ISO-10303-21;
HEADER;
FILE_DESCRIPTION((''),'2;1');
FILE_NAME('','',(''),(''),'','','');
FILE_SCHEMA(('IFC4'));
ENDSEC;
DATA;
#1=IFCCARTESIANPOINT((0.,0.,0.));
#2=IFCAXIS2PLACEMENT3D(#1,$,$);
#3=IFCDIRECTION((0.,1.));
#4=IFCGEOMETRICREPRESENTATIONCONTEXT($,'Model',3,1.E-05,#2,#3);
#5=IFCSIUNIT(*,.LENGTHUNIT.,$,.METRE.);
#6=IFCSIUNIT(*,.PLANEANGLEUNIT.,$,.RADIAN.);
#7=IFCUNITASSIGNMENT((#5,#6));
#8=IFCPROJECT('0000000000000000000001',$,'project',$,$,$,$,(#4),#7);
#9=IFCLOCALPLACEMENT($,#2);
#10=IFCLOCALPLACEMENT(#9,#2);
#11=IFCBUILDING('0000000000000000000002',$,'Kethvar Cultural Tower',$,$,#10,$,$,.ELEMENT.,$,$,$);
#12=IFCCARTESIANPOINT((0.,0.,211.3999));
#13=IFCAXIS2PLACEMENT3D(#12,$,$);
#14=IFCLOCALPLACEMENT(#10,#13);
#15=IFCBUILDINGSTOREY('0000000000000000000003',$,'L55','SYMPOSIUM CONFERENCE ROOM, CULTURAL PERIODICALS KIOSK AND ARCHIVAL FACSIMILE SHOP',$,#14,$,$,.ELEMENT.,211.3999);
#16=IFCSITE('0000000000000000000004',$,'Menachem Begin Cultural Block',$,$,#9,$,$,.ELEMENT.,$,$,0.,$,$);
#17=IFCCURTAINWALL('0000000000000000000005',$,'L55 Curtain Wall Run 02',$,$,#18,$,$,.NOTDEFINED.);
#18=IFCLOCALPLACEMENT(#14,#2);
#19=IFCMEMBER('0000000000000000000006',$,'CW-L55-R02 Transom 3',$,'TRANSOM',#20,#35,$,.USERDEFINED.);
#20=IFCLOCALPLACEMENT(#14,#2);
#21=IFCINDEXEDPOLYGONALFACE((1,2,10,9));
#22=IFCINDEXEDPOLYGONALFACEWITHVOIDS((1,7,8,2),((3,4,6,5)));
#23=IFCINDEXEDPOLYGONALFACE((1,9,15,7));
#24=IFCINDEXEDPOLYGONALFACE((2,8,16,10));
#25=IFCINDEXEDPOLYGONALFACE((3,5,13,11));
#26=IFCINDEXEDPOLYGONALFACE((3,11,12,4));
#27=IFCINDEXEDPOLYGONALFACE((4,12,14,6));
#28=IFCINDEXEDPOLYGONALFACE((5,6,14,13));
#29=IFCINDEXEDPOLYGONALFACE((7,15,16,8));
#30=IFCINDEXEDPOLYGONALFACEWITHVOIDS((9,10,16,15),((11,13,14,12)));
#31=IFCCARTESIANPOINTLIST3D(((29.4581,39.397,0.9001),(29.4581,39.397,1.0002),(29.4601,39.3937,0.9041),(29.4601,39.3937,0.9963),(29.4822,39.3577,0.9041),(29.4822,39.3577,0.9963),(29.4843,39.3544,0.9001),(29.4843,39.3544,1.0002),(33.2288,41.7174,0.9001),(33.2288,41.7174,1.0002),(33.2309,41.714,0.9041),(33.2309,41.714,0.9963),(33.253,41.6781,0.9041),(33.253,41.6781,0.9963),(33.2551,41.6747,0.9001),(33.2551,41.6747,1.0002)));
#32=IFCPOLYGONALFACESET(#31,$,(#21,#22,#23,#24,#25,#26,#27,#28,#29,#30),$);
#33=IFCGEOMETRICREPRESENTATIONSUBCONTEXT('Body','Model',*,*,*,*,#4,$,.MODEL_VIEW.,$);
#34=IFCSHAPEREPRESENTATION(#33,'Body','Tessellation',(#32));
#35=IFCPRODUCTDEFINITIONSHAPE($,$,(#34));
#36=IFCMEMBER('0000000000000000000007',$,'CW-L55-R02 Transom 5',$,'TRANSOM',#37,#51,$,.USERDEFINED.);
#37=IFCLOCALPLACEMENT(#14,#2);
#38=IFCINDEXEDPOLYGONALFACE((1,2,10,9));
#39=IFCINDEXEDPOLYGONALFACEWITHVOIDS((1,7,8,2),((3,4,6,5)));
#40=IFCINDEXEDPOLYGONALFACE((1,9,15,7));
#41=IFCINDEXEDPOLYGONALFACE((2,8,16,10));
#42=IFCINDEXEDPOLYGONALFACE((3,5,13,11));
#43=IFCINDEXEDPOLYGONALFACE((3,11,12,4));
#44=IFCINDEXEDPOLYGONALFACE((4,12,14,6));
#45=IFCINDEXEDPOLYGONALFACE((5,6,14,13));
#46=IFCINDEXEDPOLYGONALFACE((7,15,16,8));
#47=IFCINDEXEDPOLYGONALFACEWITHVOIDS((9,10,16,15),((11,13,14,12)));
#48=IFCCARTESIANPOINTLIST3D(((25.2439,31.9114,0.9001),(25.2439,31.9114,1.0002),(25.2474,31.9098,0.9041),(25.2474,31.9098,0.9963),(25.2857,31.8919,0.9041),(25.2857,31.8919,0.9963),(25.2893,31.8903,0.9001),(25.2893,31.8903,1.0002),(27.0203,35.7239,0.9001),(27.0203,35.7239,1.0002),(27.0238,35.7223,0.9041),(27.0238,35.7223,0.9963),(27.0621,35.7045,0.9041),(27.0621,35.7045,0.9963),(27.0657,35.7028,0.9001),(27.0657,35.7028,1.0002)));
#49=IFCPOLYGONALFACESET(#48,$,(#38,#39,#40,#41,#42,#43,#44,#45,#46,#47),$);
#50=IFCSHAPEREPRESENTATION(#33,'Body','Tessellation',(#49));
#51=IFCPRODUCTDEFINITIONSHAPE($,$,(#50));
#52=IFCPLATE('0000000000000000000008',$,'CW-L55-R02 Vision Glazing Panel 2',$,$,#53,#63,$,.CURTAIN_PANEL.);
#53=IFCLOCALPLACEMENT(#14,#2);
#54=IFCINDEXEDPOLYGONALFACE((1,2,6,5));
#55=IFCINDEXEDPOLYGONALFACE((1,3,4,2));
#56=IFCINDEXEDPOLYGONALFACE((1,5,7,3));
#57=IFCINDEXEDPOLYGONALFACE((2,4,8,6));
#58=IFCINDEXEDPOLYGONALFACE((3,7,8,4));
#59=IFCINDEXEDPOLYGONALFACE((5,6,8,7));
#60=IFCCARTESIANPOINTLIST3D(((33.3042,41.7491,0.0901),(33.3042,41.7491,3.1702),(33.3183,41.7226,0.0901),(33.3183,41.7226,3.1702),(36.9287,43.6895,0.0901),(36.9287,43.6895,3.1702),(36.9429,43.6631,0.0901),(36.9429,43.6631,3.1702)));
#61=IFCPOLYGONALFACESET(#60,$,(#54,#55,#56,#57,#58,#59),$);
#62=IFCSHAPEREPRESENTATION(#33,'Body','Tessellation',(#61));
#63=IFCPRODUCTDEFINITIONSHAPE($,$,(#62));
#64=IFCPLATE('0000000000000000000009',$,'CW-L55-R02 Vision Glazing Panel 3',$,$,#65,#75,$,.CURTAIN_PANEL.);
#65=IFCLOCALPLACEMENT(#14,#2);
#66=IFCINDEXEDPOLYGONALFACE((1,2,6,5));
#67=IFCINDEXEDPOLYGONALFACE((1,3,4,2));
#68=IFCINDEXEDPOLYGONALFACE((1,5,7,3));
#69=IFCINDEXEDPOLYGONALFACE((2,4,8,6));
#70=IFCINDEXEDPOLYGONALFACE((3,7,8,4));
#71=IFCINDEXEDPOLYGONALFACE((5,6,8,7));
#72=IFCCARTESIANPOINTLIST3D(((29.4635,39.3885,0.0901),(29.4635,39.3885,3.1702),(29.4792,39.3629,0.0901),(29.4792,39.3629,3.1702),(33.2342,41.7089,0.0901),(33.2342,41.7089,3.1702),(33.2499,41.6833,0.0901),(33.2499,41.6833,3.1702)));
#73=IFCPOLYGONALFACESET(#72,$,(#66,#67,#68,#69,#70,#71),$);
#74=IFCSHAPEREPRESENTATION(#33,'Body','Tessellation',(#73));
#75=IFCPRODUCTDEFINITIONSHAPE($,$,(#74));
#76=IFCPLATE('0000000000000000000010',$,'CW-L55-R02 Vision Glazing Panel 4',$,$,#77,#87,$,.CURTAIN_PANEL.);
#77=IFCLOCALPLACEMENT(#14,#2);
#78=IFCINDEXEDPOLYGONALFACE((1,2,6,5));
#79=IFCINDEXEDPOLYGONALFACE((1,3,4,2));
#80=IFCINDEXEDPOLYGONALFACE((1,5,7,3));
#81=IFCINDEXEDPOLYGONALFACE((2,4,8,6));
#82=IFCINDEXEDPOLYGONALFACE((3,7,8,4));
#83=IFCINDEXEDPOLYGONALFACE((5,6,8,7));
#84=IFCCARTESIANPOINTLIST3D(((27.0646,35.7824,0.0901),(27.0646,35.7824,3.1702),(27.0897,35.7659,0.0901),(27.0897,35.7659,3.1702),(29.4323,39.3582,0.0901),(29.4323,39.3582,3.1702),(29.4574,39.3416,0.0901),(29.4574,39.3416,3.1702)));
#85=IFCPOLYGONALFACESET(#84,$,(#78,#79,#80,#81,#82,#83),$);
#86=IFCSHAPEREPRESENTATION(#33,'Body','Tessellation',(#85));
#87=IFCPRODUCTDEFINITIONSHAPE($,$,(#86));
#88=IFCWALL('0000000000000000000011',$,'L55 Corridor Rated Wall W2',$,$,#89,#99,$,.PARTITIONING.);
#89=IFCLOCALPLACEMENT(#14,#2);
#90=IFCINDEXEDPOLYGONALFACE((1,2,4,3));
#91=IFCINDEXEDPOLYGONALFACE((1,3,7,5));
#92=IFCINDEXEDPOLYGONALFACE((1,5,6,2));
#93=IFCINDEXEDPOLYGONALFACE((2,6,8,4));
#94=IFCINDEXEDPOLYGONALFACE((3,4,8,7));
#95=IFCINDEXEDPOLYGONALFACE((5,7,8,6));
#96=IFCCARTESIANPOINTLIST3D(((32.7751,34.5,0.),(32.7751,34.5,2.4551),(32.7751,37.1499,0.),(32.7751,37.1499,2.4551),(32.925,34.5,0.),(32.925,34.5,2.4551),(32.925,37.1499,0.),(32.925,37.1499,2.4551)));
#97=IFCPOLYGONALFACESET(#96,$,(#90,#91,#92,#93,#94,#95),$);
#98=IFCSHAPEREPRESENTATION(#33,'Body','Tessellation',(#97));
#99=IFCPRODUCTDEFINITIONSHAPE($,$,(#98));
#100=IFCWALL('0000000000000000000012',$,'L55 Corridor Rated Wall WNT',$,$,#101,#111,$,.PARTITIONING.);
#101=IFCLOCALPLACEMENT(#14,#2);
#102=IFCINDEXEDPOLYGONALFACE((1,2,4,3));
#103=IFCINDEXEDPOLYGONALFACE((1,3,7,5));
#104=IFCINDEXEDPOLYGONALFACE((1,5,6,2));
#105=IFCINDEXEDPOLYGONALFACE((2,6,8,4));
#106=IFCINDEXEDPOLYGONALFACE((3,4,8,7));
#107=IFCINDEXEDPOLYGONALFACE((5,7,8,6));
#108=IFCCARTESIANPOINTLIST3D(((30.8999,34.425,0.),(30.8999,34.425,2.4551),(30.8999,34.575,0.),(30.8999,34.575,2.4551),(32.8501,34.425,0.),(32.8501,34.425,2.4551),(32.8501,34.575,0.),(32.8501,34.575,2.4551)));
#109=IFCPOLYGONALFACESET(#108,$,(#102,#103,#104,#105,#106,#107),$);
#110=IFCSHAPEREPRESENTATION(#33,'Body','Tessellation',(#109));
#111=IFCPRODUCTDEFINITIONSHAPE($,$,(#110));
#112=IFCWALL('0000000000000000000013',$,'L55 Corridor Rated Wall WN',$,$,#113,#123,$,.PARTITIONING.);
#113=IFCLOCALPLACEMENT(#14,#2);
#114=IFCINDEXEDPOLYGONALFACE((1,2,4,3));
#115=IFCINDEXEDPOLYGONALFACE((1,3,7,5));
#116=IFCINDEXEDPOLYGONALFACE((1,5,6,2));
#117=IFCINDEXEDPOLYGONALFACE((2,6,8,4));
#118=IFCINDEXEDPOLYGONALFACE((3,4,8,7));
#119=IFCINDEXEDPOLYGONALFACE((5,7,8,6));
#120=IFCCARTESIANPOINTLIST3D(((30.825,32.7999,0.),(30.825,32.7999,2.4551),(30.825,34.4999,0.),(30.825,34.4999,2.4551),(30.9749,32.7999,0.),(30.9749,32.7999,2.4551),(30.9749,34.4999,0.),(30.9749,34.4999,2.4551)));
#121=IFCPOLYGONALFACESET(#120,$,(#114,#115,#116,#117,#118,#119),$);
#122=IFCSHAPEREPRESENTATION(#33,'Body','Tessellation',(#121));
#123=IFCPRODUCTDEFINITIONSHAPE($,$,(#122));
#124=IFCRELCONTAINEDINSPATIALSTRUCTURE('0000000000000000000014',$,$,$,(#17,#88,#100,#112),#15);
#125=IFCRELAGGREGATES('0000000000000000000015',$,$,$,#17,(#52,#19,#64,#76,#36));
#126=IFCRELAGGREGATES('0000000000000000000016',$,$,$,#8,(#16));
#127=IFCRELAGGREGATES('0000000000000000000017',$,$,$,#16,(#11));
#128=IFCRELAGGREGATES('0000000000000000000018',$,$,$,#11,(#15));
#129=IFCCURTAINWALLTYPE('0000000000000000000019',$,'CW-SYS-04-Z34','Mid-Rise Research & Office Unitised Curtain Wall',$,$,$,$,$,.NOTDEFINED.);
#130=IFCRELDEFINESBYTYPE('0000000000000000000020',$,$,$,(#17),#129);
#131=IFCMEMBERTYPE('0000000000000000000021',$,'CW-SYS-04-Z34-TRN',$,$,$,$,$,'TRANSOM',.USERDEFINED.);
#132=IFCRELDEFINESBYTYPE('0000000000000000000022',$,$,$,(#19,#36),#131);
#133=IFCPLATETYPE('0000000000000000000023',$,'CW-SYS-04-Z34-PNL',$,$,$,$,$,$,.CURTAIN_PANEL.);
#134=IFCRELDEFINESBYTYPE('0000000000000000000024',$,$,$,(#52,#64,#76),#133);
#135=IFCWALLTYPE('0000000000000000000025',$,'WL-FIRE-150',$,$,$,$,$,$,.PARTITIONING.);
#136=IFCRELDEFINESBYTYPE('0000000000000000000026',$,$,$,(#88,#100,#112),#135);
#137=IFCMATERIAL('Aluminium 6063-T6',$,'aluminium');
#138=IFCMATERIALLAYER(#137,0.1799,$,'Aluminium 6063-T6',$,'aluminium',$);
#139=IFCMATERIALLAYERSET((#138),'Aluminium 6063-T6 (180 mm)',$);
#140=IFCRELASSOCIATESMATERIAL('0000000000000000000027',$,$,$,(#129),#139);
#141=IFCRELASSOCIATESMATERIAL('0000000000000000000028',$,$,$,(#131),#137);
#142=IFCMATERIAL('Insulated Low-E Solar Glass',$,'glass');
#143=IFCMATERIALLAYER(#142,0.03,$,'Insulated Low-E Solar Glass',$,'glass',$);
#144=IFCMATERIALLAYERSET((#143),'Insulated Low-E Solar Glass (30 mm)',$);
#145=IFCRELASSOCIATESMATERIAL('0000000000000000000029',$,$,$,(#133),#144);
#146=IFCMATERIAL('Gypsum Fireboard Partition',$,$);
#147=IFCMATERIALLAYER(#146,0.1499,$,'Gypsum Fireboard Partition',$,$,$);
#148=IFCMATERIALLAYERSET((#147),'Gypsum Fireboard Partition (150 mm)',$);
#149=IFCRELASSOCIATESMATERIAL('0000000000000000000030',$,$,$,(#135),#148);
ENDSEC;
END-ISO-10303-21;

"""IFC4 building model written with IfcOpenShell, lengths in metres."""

from ifc_helpers import new_model, si_unit, direction, frame, frame_2d, origin, origin_2d, place, context, subcontext, project, spatial, rectangle, hollow_rectangle, extrude, source, transform, mapped, material, layer, layer_set, material_profile, profile_set, type_object, element, aggregate, save


model = new_model("IFC4")

# Units and contexts
model_context = context("Model", 3, precision=1e-05, world=origin(), true_north=direction((0.0, 1.0)))
body_context = subcontext(model_context, "Body", "Model", "MODEL_VIEW")
ifc_project = project(units=[si_unit("LENGTHUNIT", "METRE"), si_unit("PLANEANGLEUNIT", "RADIAN")], contexts=[model_context])

# Site, building, storey
site_placement = place(None, origin())
site = spatial("IfcSite", under=ifc_project, at=site_placement, Name="Menachem Begin Cultural Block", CompositionType="ELEMENT", RefElevation=0.0)
building_placement = place(site_placement, origin())
building = spatial("IfcBuilding", under=site, at=building_placement, Name="Kethvar Cultural Tower", CompositionType="ELEMENT")
storey_placement = place(building_placement, frame((0.0, 0.0, 211.3999)))
storey = spatial("IfcBuildingStorey", under=building, at=storey_placement, Name="L55", Description="SYMPOSIUM CONFERENCE ROOM, CULTURAL PERIODICALS KIOSK AND ARCHIVAL FACSIMILE SHOP", CompositionType="ELEMENT", Elevation=211.3999)

# Curtain wall, members, plates
ifc_material_1 = material(Name="Aluminium 6063-T6", Category="aluminium")
ifc_layer_1 = layer(ifc_material_1, 0.1799, Name="Aluminium 6063-T6", Category="aluminium")
ifc_layer_set_1 = layer_set([ifc_layer_1], Name="Aluminium 6063-T6 (180 mm)")
curtain_wall_type = type_object("IfcCurtainWallType", Name="CW-SYS-04-Z34", Description="Mid-Rise Research & Office Unitised Curtain Wall", PredefinedType="NOTDEFINED", material=ifc_layer_set_1)
curtain_wall_placement = place(storey_placement, origin())
curtain_wall = element("IfcCurtainWall", 1, at=curtain_wall_placement, inside=storey, type_object=curtain_wall_type, Name="L55 Curtain Wall Run 02", PredefinedType="NOTDEFINED")
ifc_material_profile_1 = material_profile(ifc_material_1, hollow_rectangle(XDim=0.05, YDim=0.1001, WallThickness=0.0039, at=origin_2d()), Name="Aluminium 6063-T6 — RHS100x50x4")
ifc_profile_set_1 = profile_set([ifc_material_profile_1], Name="Aluminium 6063-T6 — RHS100x50x4")
member_type_1 = type_object("IfcMemberType", Name="CW-SYS-04-Z34-TRN", ElementType="TRANSOM", PredefinedType="USERDEFINED", material=ifc_profile_set_1)
shared_shape_1 = source(origin(), body_context, "Body", "SweptSolid", [
    extrude(hollow_rectangle(XDim=0.05, YDim=0.1001, WallThickness=0.0039, at=origin_2d()), origin(), (0.0, 0.0, 1.0), 4.4275),
])
member_1_placement = place(storey_placement, frame((33.2419, 41.696, 0.9502), z_axis=(-0.851673, -0.524073, 0.0), x_axis=(0.524073, -0.851673, 0.0)))
member_1 = element("IfcMember", 2, at=member_1_placement, type_object=member_type_1, Name="CW-L55-R02 Transom 3", ObjectType="TRANSOM", PredefinedType="USERDEFINED", context=body_context, shape_type="MappedRepresentation", body=[
    mapped(shared_shape_1, transform((0.0, 0.0, 0.0), scale=1.0)),
])
shared_shape_2 = source(origin(), body_context, "Body", "SweptSolid", [
    extrude(hollow_rectangle(XDim=0.05, YDim=0.1001, WallThickness=0.0039, at=origin_2d()), origin(), (0.0, 0.0, 1.0), 4.2061),
])
member_2_placement = place(storey_placement, frame((27.043, 35.7134, 0.9502), z_axis=(-0.422339, -0.906438, 0.0), x_axis=(0.906438, -0.422339, 0.0)))
member_2 = element("IfcMember", 3, at=member_2_placement, type_object=member_type_1, Name="CW-L55-R02 Transom 5", ObjectType="TRANSOM", PredefinedType="USERDEFINED", context=body_context, shape_type="MappedRepresentation", body=[
    mapped(shared_shape_2, transform((0.0, 0.0, 0.0), scale=1.0)),
])
ifc_material_2 = material(Name="Insulated Low-E Solar Glass", Category="glass")
ifc_layer_2 = layer(ifc_material_2, 0.03, Name="Insulated Low-E Solar Glass", Category="glass")
ifc_layer_set_2 = layer_set([ifc_layer_2], Name="Insulated Low-E Solar Glass (30 mm)")
plate_type = type_object("IfcPlateType", Name="CW-SYS-04-Z34-PNL", PredefinedType="CURTAIN_PANEL", material=ifc_layer_set_2)
shared_shape_3 = source(origin(), body_context, "Body", "SweptSolid", [
    extrude(rectangle(XDim=4.1113, YDim=0.03, at=origin_2d()), origin(), (0.0, 0.0, 1.0), 3.0801),
])
plate_1_placement = place(storey_placement, frame((35.1235, 42.7061, 0.0901), z_axis=(0.0, 0.0, 1.0), x_axis=(-0.881608, -0.471982, 0.0)))
plate_1 = element("IfcPlate", 4, at=plate_1_placement, type_object=plate_type, Name="CW-L55-R02 Vision Glazing Panel 2", PredefinedType="CURTAIN_PANEL", context=body_context, shape_type="MappedRepresentation", body=[
    mapped(shared_shape_3, transform((0.0, 0.0, 0.0), scale=1.0)),
])
shared_shape_4 = source(origin(), body_context, "Body", "SweptSolid", [
    extrude(rectangle(XDim=4.4275, YDim=0.03, at=origin_2d()), origin(), (0.0, 0.0, 1.0), 3.0801),
])
plate_2_placement = place(storey_placement, frame((31.3567, 40.5359, 0.0901), z_axis=(0.0, 0.0, 1.0), x_axis=(-0.851663, -0.52409, 0.0)))
plate_2 = element("IfcPlate", 5, at=plate_2_placement, type_object=plate_type, Name="CW-L55-R02 Vision Glazing Panel 3", PredefinedType="CURTAIN_PANEL", context=body_context, shape_type="MappedRepresentation", body=[
    mapped(shared_shape_4, transform((0.0, 0.0, 0.0), scale=1.0)),
])
shared_shape_5 = source(origin(), body_context, "Body", "SweptSolid", [
    extrude(rectangle(XDim=4.2886, YDim=0.03, at=origin_2d()), origin(), (0.0, 0.0, 1.0), 3.0801),
])
plate_3_placement = place(storey_placement, frame((28.261, 37.562, 0.0901), z_axis=(0.0, 0.0, 1.0), x_axis=(-0.552097, -0.83378, 0.0)))
plate_3 = element("IfcPlate", 6, at=plate_3_placement, type_object=plate_type, Name="CW-L55-R02 Vision Glazing Panel 4", PredefinedType="CURTAIN_PANEL", context=body_context, shape_type="MappedRepresentation", body=[
    mapped(shared_shape_5, transform((0.0, 0.0, 0.0), scale=1.0)),
])
aggregate(curtain_wall, [plate_1, member_1, plate_2, plate_3, member_2])

# Walls
ifc_material_3 = material(Name="Gypsum Fireboard Partition")
ifc_layer_3 = layer(ifc_material_3, 0.1499, Name="Gypsum Fireboard Partition")
ifc_layer_set_3 = layer_set([ifc_layer_3], Name="Gypsum Fireboard Partition (150 mm)")
wall_type = type_object("IfcWallType", Name="WL-FIRE-150", PredefinedType="PARTITIONING", material=ifc_layer_set_3)
wall_1_placement = place(storey_placement, frame((32.8501, 37.1499, 0.0), z_axis=(0.0, 0.0, 1.0), x_axis=(0.0, -1.0, 0.0)))
element("IfcWall", 7, at=wall_1_placement, inside=storey, type_object=wall_type, Name="L55 Corridor Rated Wall W2", PredefinedType="PARTITIONING", context=body_context, shape_type="SweptSolid", body=[
    extrude(rectangle(XDim=2.6499, YDim=0.1499, at=frame_2d((1.325, 0.0))), origin(), (0.0, 0.0, 1.0), 2.4551),
])
wall_2_placement = place(storey_placement, frame((32.8501, 34.5, 0.0), z_axis=(0.0, 0.0, 1.0), x_axis=(-1.0, 0.0, 0.0)))
element("IfcWall", 8, at=wall_2_placement, inside=storey, type_object=wall_type, Name="L55 Corridor Rated Wall WNT", PredefinedType="PARTITIONING", context=body_context, shape_type="SweptSolid", body=[
    extrude(rectangle(XDim=1.9502, YDim=0.1499, at=frame_2d((0.9751, 0.0))), origin(), (0.0, 0.0, 1.0), 2.4551),
])
wall_3_placement = place(storey_placement, frame((30.8999, 34.5, 0.0), z_axis=(0.0, 0.0, 1.0), x_axis=(0.0, -1.0, 0.0)))
element("IfcWall", 9, at=wall_3_placement, inside=storey, type_object=wall_type, Name="L55 Corridor Rated Wall WN", PredefinedType="PARTITIONING", context=body_context, shape_type="SweptSolid", body=[
    extrude(rectangle(XDim=1.7, YDim=0.1499, at=frame_2d((0.8501, 0.0))), origin(), (0.0, 0.0, 1.0), 2.4551),
])

save(model, "model.ifc")
